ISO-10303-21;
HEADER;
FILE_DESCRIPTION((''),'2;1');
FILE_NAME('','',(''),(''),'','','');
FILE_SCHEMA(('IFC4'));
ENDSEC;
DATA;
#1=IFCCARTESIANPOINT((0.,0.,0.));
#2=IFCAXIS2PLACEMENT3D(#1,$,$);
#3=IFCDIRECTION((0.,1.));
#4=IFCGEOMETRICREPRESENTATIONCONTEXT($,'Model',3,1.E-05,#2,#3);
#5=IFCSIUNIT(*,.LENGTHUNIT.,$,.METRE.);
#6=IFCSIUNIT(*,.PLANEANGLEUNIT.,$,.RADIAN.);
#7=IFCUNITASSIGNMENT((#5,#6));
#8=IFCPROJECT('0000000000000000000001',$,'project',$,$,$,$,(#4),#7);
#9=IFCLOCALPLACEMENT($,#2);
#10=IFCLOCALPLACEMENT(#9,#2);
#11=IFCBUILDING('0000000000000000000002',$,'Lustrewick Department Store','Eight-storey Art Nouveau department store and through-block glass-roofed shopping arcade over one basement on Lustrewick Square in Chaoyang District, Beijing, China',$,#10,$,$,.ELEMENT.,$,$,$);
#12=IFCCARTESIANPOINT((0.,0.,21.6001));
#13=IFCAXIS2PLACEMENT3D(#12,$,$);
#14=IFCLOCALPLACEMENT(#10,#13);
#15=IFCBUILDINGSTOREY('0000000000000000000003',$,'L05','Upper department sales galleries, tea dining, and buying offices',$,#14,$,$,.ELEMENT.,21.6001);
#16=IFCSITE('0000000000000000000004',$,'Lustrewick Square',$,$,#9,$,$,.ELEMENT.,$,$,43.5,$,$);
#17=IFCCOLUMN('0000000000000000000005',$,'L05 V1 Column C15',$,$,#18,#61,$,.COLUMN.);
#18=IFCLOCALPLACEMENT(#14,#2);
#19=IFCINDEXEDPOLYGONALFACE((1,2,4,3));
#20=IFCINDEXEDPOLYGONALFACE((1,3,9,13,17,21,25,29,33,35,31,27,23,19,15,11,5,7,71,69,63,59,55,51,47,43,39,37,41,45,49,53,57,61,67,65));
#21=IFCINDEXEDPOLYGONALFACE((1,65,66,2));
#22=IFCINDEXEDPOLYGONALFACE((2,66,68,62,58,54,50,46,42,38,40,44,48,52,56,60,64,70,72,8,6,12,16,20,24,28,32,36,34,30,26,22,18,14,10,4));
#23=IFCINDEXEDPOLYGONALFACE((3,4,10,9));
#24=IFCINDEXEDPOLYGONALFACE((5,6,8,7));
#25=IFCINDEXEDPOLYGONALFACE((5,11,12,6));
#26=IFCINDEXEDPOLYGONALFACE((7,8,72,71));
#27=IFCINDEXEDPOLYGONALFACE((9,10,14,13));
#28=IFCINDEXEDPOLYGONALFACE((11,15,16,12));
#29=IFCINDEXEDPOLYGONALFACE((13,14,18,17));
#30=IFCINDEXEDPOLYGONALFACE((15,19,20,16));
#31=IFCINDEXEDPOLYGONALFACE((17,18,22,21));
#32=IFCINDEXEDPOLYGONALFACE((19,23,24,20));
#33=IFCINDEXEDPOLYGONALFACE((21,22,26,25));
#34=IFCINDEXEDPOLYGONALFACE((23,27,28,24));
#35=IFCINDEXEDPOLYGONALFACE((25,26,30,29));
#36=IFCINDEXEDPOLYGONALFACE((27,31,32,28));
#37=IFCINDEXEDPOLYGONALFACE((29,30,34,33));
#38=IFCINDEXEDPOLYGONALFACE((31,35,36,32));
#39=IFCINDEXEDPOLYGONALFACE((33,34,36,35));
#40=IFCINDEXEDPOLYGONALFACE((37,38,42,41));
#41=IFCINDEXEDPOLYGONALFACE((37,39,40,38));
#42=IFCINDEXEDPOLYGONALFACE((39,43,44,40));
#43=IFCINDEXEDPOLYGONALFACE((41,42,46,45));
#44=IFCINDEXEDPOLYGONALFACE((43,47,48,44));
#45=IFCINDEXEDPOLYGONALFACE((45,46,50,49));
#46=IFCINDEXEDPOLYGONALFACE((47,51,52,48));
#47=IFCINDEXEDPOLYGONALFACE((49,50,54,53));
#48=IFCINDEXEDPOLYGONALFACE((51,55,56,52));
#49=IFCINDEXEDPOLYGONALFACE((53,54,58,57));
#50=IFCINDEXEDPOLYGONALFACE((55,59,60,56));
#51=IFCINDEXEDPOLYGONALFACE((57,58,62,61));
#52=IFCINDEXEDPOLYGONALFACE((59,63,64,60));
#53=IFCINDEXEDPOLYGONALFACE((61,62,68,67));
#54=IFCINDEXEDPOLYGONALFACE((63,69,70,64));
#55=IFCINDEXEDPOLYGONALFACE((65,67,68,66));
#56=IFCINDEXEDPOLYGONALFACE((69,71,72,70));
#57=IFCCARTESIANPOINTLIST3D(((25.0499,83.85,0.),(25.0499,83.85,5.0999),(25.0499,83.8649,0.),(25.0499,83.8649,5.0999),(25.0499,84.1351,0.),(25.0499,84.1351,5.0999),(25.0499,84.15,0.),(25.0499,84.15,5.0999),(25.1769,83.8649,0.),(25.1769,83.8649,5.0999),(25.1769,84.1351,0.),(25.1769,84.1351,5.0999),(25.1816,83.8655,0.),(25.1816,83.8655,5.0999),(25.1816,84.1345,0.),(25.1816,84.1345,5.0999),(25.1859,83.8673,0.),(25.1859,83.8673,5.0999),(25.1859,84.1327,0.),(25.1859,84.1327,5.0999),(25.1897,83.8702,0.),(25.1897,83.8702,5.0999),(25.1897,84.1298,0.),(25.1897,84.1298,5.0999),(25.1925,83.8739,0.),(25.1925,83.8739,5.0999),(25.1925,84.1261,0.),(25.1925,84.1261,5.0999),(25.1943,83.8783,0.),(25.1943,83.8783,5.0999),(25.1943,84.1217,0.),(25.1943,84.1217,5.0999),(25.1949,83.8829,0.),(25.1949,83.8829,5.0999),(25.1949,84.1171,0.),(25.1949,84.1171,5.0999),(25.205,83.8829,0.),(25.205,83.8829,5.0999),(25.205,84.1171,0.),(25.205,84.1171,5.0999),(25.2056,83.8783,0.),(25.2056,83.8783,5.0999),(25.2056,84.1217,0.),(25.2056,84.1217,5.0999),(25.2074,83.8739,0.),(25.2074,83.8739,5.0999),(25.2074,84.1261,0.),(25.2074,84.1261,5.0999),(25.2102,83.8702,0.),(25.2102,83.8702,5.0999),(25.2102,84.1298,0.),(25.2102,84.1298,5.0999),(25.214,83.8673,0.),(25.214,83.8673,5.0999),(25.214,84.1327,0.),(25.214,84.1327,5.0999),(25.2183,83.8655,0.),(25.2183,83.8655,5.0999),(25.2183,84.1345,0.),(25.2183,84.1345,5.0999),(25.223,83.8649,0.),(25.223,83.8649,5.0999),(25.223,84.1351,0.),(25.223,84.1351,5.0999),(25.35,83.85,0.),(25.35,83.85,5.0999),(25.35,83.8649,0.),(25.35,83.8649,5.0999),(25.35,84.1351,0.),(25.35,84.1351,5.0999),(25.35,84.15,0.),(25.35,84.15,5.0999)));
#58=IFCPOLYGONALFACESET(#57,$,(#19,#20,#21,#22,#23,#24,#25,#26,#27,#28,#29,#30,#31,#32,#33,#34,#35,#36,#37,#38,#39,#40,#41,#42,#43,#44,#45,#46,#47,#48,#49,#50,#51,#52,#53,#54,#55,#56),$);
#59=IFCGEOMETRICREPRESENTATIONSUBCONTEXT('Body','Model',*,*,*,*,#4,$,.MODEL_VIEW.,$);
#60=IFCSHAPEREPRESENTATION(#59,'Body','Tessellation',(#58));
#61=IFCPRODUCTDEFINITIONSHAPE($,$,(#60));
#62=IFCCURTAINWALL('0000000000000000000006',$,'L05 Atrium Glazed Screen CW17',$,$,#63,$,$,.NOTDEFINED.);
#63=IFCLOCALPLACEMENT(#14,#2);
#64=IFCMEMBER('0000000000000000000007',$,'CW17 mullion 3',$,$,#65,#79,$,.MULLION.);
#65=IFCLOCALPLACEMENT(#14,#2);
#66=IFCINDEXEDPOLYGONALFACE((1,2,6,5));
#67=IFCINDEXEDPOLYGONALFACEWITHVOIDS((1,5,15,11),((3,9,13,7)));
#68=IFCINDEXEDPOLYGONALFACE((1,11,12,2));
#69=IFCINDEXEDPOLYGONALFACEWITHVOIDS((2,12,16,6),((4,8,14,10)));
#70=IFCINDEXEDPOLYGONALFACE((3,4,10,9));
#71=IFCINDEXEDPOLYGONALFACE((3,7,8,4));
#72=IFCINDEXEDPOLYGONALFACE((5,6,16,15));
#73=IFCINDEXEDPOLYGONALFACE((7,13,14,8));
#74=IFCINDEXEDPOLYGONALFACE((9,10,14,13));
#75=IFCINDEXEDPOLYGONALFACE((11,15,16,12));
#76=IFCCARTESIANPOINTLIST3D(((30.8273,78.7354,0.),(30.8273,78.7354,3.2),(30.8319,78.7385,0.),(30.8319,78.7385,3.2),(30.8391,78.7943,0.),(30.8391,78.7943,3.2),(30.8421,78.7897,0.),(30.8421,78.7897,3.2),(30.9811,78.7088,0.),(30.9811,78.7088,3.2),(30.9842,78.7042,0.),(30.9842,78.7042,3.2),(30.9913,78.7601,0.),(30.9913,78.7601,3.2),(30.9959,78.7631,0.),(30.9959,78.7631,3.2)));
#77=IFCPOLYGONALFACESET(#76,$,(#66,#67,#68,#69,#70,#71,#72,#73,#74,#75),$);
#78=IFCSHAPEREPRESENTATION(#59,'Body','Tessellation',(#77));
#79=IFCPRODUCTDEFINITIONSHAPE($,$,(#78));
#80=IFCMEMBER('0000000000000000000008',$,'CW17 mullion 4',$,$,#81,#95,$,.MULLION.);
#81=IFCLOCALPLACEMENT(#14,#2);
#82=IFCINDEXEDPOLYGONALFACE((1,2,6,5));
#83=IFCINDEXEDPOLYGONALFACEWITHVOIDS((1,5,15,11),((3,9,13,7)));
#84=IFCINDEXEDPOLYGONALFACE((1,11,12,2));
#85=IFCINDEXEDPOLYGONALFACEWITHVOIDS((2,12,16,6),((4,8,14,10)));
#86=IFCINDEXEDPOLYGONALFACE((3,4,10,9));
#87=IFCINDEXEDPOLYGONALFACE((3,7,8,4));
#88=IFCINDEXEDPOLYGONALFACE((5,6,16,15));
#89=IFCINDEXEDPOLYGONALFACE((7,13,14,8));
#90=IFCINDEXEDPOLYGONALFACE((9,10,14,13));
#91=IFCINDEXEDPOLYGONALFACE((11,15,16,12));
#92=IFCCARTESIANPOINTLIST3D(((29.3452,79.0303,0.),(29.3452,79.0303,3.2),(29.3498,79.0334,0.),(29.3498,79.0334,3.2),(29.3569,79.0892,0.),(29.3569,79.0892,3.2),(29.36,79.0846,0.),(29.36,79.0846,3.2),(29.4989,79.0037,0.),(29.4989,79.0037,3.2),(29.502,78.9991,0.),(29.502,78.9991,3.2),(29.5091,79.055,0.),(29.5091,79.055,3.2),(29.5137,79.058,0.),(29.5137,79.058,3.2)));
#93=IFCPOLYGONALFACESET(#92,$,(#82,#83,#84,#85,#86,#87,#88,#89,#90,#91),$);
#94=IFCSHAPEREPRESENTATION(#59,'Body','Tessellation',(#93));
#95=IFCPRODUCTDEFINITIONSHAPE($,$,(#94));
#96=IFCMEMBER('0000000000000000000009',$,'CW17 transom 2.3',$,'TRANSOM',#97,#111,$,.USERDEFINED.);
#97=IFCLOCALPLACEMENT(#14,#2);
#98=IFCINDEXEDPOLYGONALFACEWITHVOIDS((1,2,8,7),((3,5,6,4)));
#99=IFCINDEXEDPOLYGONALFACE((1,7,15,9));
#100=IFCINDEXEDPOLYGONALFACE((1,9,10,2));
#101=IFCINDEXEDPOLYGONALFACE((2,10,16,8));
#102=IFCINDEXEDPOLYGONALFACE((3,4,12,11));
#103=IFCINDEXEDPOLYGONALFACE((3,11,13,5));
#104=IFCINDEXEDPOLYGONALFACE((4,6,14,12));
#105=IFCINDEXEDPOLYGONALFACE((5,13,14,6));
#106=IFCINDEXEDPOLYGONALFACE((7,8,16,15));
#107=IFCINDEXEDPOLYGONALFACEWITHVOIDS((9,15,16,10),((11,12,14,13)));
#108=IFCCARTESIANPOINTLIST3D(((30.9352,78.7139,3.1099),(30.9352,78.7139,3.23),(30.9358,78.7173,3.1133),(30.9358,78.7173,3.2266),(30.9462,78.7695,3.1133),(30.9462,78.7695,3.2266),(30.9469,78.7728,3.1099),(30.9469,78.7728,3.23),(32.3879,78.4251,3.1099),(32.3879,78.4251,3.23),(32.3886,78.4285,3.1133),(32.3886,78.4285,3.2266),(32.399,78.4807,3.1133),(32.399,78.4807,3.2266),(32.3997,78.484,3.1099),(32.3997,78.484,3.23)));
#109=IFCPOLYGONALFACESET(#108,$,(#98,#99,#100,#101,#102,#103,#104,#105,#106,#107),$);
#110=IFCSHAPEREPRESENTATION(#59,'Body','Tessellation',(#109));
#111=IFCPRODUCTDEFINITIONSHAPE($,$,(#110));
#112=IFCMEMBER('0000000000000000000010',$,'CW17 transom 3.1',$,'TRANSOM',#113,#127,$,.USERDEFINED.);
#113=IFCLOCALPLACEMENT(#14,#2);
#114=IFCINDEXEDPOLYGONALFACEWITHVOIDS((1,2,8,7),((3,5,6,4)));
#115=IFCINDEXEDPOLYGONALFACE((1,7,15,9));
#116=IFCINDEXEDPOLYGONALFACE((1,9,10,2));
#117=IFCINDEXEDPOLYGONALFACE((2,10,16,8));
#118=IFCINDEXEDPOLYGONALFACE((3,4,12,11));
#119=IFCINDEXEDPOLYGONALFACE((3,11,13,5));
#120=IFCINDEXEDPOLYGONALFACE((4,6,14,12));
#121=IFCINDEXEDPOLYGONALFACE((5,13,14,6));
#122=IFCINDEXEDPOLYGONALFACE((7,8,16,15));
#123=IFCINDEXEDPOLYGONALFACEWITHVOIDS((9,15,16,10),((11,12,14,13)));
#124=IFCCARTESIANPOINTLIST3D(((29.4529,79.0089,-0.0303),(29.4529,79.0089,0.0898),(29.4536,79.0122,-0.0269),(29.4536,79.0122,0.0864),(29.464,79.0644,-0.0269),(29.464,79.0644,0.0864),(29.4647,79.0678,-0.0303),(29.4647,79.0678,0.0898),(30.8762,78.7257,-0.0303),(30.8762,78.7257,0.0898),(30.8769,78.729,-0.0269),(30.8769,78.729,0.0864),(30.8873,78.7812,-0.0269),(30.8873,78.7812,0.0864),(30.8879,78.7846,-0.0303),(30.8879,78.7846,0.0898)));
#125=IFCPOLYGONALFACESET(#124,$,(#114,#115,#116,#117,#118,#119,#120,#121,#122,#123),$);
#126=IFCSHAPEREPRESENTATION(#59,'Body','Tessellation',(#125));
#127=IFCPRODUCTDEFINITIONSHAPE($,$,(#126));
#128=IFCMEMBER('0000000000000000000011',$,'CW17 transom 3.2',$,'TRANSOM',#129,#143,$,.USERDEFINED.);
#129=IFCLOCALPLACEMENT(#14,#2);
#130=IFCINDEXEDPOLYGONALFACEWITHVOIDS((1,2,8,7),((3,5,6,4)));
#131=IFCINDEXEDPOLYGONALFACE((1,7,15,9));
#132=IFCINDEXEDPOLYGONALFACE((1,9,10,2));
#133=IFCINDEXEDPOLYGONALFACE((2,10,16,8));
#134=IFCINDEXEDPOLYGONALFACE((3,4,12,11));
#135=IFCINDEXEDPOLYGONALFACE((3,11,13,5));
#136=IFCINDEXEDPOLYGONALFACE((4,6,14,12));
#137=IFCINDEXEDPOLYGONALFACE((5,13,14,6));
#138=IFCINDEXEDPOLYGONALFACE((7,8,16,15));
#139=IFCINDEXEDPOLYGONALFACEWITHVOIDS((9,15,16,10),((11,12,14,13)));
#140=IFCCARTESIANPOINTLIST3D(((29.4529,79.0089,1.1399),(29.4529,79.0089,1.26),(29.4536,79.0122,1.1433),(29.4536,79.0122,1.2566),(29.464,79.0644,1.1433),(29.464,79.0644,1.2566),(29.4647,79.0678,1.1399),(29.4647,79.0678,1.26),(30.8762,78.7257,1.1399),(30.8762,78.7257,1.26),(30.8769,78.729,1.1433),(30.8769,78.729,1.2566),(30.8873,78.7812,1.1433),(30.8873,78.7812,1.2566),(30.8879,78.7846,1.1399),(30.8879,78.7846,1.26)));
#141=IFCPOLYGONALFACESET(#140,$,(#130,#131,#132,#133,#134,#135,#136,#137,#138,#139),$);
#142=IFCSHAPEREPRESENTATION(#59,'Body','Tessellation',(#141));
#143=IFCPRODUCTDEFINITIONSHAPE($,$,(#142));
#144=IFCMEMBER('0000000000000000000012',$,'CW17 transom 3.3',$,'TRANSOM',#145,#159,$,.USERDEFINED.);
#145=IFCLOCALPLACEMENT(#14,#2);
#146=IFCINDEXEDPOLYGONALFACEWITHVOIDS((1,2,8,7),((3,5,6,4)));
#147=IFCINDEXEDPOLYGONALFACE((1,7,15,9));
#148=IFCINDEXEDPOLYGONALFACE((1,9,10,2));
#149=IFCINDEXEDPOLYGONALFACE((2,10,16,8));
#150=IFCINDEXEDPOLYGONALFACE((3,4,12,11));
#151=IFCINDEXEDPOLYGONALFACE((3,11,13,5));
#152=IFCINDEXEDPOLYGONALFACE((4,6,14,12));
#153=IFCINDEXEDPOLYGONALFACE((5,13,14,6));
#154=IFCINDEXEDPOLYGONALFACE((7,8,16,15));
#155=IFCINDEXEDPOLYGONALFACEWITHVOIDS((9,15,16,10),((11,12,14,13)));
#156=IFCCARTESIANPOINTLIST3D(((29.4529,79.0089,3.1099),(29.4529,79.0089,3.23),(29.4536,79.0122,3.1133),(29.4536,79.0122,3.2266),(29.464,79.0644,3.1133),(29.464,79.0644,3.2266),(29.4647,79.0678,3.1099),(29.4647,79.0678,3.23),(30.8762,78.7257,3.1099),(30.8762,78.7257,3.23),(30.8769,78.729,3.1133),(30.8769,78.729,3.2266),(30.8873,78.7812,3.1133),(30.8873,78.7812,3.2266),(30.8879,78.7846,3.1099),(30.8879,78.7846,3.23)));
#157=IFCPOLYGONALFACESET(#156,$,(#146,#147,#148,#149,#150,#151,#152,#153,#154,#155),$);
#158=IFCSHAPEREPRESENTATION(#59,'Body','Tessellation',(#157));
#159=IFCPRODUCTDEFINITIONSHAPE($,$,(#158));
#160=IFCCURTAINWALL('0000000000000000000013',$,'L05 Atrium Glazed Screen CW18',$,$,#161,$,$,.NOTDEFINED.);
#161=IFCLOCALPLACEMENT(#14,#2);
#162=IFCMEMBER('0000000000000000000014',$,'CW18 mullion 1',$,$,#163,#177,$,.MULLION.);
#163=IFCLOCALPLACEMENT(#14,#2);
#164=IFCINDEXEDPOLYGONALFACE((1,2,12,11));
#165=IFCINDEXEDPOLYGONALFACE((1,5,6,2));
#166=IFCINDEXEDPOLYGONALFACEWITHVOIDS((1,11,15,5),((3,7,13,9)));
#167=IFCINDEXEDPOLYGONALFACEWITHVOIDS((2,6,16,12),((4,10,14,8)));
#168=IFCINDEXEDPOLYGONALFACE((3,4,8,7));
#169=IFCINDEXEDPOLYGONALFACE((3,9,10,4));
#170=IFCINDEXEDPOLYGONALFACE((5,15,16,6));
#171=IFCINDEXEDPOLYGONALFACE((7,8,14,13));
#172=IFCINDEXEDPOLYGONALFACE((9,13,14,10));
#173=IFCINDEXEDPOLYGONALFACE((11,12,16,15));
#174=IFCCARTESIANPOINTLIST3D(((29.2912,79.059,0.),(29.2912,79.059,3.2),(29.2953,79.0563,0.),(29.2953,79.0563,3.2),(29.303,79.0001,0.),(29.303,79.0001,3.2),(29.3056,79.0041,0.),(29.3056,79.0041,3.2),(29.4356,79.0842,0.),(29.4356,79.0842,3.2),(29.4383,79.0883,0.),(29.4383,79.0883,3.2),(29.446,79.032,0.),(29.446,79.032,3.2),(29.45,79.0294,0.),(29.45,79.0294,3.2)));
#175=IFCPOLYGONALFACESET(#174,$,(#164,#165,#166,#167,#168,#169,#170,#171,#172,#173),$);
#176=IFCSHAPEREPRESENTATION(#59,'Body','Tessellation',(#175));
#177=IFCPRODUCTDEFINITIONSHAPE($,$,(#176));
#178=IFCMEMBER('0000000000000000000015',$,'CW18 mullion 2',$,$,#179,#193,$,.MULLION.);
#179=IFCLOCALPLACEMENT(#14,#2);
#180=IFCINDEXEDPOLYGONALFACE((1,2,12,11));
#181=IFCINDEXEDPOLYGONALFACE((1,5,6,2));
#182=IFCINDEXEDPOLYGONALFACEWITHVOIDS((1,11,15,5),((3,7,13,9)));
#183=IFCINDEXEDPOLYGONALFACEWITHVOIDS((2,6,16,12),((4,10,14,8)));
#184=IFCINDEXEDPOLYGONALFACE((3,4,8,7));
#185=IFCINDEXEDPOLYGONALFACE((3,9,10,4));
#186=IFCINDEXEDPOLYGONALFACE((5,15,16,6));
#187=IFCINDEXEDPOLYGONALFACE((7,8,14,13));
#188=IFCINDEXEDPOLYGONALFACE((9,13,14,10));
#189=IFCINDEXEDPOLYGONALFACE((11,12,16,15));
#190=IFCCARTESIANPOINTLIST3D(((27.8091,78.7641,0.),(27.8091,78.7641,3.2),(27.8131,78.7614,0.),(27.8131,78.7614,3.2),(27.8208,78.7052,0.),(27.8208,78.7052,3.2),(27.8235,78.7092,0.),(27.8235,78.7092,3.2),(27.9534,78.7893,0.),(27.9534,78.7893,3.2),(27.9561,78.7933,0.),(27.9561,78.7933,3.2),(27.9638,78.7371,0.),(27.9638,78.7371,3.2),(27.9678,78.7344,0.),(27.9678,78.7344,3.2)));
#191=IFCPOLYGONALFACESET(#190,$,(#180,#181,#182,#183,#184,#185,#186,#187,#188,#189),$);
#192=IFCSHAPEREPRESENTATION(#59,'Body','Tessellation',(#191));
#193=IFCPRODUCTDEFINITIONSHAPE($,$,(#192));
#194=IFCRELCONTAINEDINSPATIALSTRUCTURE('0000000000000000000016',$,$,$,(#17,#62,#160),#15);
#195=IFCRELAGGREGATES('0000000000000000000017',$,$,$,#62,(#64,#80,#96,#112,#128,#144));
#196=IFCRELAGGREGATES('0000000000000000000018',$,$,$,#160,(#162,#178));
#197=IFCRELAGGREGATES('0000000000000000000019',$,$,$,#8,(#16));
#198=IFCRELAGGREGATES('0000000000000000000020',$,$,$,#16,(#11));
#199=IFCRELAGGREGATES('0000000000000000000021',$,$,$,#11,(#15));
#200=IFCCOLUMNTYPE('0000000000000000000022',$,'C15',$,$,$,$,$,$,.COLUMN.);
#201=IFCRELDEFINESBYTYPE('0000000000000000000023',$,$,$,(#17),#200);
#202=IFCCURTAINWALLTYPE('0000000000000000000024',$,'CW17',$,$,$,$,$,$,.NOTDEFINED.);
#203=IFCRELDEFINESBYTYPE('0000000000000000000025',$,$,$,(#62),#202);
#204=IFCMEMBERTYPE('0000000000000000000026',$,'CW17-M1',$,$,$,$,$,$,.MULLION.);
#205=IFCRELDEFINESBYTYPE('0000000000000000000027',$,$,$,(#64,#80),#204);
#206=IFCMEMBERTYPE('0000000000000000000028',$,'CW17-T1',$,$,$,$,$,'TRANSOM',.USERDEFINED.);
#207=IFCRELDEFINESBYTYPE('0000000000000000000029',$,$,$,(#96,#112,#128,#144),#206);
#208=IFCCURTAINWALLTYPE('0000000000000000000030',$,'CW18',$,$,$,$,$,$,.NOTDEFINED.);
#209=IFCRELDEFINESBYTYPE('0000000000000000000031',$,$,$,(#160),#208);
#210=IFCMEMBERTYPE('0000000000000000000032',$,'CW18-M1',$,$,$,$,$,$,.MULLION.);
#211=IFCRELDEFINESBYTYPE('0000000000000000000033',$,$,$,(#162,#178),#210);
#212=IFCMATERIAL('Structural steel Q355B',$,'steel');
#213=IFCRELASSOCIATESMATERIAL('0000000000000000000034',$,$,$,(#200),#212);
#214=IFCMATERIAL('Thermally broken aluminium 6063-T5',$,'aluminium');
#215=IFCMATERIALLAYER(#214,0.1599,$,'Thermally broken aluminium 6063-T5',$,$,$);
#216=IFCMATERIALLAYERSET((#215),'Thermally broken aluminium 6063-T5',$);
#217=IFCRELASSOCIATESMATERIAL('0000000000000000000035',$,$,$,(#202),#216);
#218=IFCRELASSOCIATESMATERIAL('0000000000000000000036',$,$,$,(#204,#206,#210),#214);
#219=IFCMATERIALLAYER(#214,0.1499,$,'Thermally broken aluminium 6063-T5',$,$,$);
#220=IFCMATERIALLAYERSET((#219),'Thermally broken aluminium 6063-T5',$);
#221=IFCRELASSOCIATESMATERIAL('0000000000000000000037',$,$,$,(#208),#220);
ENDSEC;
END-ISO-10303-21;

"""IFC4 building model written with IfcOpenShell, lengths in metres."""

from ifc_helpers import new_model, si_unit, direction, frame, origin, origin_2d, place, context, subcontext, project, spatial, hollow_rectangle, i_section, extrude, material, layer, layer_set, material_profile, profile_set, type_object, element, aggregate, save


model = new_model("IFC4")

# Units and contexts
model_context = context("Model", 3, precision=1e-05, world=origin(), true_north=direction((0.0, 1.0)))
body_context = subcontext(model_context, "Body", "Model", "MODEL_VIEW")
ifc_project = project(units=[si_unit("LENGTHUNIT", "METRE"), si_unit("PLANEANGLEUNIT", "RADIAN")], contexts=[model_context])

# Site, building, storey
site_placement = place(None, origin())
site = spatial("IfcSite", under=ifc_project, at=site_placement, Name="Lustrewick Square", CompositionType="ELEMENT", RefElevation=43.5)
building_placement = place(site_placement, origin())
building = spatial("IfcBuilding", under=site, at=building_placement, Name="Lustrewick Department Store", Description="Eight-storey Art Nouveau department store and through-block glass-roofed shopping arcade over one basement on Lustrewick Square in Chaoyang District, Beijing, China", CompositionType="ELEMENT")
storey_placement = place(building_placement, frame((0.0, 0.0, 21.6001)))
storey = spatial("IfcBuildingStorey", under=building, at=storey_placement, Name="L05", Description="Upper department sales galleries, tea dining, and buying offices", CompositionType="ELEMENT", Elevation=21.6001)

# Column
ifc_material_1 = material(Name="Structural steel Q355B", Category="steel")
ifc_material_profile_1 = material_profile(ifc_material_1, i_section(OverallWidth=0.3, OverallDepth=0.3, WebThickness=0.01, FlangeThickness=0.0149, FilletRadius=0.0181, at=origin_2d()), Name="HW 300x300x10x15")
ifc_profile_set_1 = profile_set([ifc_material_profile_1], Name="Structural steel Q355B")
column_type = type_object("IfcColumnType", Name="C15", PredefinedType="COLUMN", material=ifc_profile_set_1)
column_placement = place(storey_placement, frame((25.2, 84.0, 0.0), z_axis=(0.0, 0.0, 1.0), x_axis=(1.0, 0.0, 0.0)))
element("IfcColumn", 1, at=column_placement, inside=storey, type_object=column_type, Name="L05 V1 Column C15", PredefinedType="COLUMN", context=body_context, shape_type="SweptSolid", body=[
    extrude(i_section(OverallWidth=0.3, OverallDepth=0.3, WebThickness=0.01, FlangeThickness=0.0149, FilletRadius=0.0181, at=origin_2d()), origin(), (0.0, 0.0, 1.0), 5.0999),
])

# Curtain walls, members
ifc_material_2 = material(Name="Thermally broken aluminium 6063-T5", Category="aluminium")
ifc_layer_1 = layer(ifc_material_2, 0.1599, Name="Thermally broken aluminium 6063-T5")
ifc_layer_set_1 = layer_set([ifc_layer_1], Name="Thermally broken aluminium 6063-T5")
curtain_wall_type_1 = type_object("IfcCurtainWallType", Name="CW17", PredefinedType="NOTDEFINED", material=ifc_layer_set_1)
curtain_wall_1_placement = place(storey_placement, origin())
curtain_wall_1 = element("IfcCurtainWall", 2, at=curtain_wall_1_placement, inside=storey, type_object=curtain_wall_type_1, Name="L05 Atrium Glazed Screen CW17", PredefinedType="NOTDEFINED")
ifc_material_profile_2 = material_profile(ifc_material_2, hollow_rectangle(XDim=0.0601, YDim=0.1599, WallThickness=0.0039, at=origin_2d()), Name="ALU-M 60x160x4")
ifc_profile_set_2 = profile_set([ifc_material_profile_2], Name="Thermally broken aluminium 6063-T5")
member_type_1 = type_object("IfcMemberType", Name="CW17-M1", PredefinedType="MULLION", material=ifc_profile_set_2)
member_1_placement = place(storey_placement, frame((30.9116, 78.7493, 0.0), z_axis=(0.0, 0.0, 1.0), x_axis=(-0.195085, -0.980786, 0.0)))
member_1 = element("IfcMember", 3, at=member_1_placement, type_object=member_type_1, Name="CW17 mullion 3", PredefinedType="MULLION", context=body_context, shape_type="SweptSolid", body=[
    extrude(hollow_rectangle(XDim=0.0601, YDim=0.1599, WallThickness=0.0039, at=origin_2d()), origin(), (0.0, 0.0, 1.0), 3.2),
])
member_2_placement = place(storey_placement, frame((29.4294, 79.0442, 0.0), z_axis=(0.0, 0.0, 1.0), x_axis=(-0.195085, -0.980786, 0.0)))
member_2 = element("IfcMember", 4, at=member_2_placement, type_object=member_type_1, Name="CW17 mullion 4", PredefinedType="MULLION", context=body_context, shape_type="SweptSolid", body=[
    extrude(hollow_rectangle(XDim=0.0601, YDim=0.1599, WallThickness=0.0039, at=origin_2d()), origin(), (0.0, 0.0, 1.0), 3.2),
])
ifc_material_profile_3 = material_profile(ifc_material_2, hollow_rectangle(XDim=0.0601, YDim=0.1201, WallThickness=0.0034, at=origin_2d()), Name="ALU-T 60x120x3.5")
ifc_profile_set_3 = profile_set([ifc_material_profile_3], Name="Thermally broken aluminium 6063-T5")
member_type_2 = type_object("IfcMemberType", Name="CW17-T1", ElementType="TRANSOM", PredefinedType="USERDEFINED", material=ifc_profile_set_3)
member_3_placement = place(storey_placement, frame((32.3938, 78.4546, 3.1699), z_axis=(-0.980808, 0.194975, 0.0), x_axis=(-0.194975, -0.980808, 0.0)))
member_3 = element("IfcMember", 5, at=member_3_placement, type_object=member_type_2, Name="CW17 transom 2.3", ObjectType="TRANSOM", PredefinedType="USERDEFINED", context=body_context, shape_type="SweptSolid", body=[
    extrude(hollow_rectangle(XDim=0.0601, YDim=0.1201, WallThickness=0.0034, at=origin_2d()), origin(), (0.0, 0.0, 1.0), 1.4812),
])
member_4_placement = place(storey_placement, frame((30.8821, 78.7551, 0.0298), z_axis=(-0.980774, 0.195145, 0.0), x_axis=(-0.195145, -0.980774, 0.0)))
member_4 = element("IfcMember", 6, at=member_4_placement, type_object=member_type_2, Name="CW17 transom 3.1", ObjectType="TRANSOM", PredefinedType="USERDEFINED", context=body_context, shape_type="SweptSolid", body=[
    extrude(hollow_rectangle(XDim=0.0601, YDim=0.1201, WallThickness=0.0034, at=origin_2d()), origin(), (0.0, 0.0, 1.0), 1.4512),
])
member_5_placement = place(storey_placement, frame((30.8821, 78.7551, 1.2), z_axis=(-0.980774, 0.195145, 0.0), x_axis=(-0.195145, -0.980774, 0.0)))
member_5 = element("IfcMember", 7, at=member_5_placement, type_object=member_type_2, Name="CW17 transom 3.2", ObjectType="TRANSOM", PredefinedType="USERDEFINED", context=body_context, shape_type="SweptSolid", body=[
    extrude(hollow_rectangle(XDim=0.0601, YDim=0.1201, WallThickness=0.0034, at=origin_2d()), origin(), (0.0, 0.0, 1.0), 1.4512),
])
member_6_placement = place(storey_placement, frame((30.8821, 78.7551, 3.1699), z_axis=(-0.980774, 0.195145, 0.0), x_axis=(-0.195145, -0.980774, 0.0)))
member_6 = element("IfcMember", 8, at=member_6_placement, type_object=member_type_2, Name="CW17 transom 3.3", ObjectType="TRANSOM", PredefinedType="USERDEFINED", context=body_context, shape_type="SweptSolid", body=[
    extrude(hollow_rectangle(XDim=0.0601, YDim=0.1201, WallThickness=0.0034, at=origin_2d()), origin(), (0.0, 0.0, 1.0), 1.4512),
])
ifc_layer_2 = layer(ifc_material_2, 0.1499, Name="Thermally broken aluminium 6063-T5")
ifc_layer_set_2 = layer_set([ifc_layer_2], Name="Thermally broken aluminium 6063-T5")
curtain_wall_type_2 = type_object("IfcCurtainWallType", Name="CW18", PredefinedType="NOTDEFINED", material=ifc_layer_set_2)
curtain_wall_2_placement = place(storey_placement, origin())
curtain_wall_2 = element("IfcCurtainWall", 9, at=curtain_wall_2_placement, inside=storey, type_object=curtain_wall_type_2, Name="L05 Atrium Glazed Screen CW18", PredefinedType="NOTDEFINED")
ifc_material_profile_4 = material_profile(ifc_material_2, hollow_rectangle(XDim=0.0601, YDim=0.1499, WallThickness=0.0034, at=origin_2d()), Name="ALU-M 60x150x3.5")
ifc_profile_set_4 = profile_set([ifc_material_profile_4], Name="Thermally broken aluminium 6063-T5")
member_type_3 = type_object("IfcMemberType", Name="CW18-M1", PredefinedType="MULLION", material=ifc_profile_set_4)
member_7_placement = place(storey_placement, frame((29.3706, 79.0442, 0.0), z_axis=(0.0, 0.0, 1.0), x_axis=(0.195085, -0.980786, 0.0)))
member_7 = element("IfcMember", 10, at=member_7_placement, type_object=member_type_3, Name="CW18 mullion 1", PredefinedType="MULLION", context=body_context, shape_type="SweptSolid", body=[
    extrude(hollow_rectangle(XDim=0.0601, YDim=0.1499, WallThickness=0.0034, at=origin_2d()), origin(), (0.0, 0.0, 1.0), 3.2),
])
member_8_placement = place(storey_placement, frame((27.8884, 78.7493, 0.0), z_axis=(0.0, 0.0, 1.0), x_axis=(0.195085, -0.980786, 0.0)))
member_8 = element("IfcMember", 11, at=member_8_placement, type_object=member_type_3, Name="CW18 mullion 2", PredefinedType="MULLION", context=body_context, shape_type="SweptSolid", body=[
    extrude(hollow_rectangle(XDim=0.0601, YDim=0.1499, WallThickness=0.0034, at=origin_2d()), origin(), (0.0, 0.0, 1.0), 3.2),
])

aggregate(curtain_wall_1, [member_1, member_2, member_3, member_4, member_5, member_6])
aggregate(curtain_wall_2, [member_7, member_8])

save(model, "model.ifc")
